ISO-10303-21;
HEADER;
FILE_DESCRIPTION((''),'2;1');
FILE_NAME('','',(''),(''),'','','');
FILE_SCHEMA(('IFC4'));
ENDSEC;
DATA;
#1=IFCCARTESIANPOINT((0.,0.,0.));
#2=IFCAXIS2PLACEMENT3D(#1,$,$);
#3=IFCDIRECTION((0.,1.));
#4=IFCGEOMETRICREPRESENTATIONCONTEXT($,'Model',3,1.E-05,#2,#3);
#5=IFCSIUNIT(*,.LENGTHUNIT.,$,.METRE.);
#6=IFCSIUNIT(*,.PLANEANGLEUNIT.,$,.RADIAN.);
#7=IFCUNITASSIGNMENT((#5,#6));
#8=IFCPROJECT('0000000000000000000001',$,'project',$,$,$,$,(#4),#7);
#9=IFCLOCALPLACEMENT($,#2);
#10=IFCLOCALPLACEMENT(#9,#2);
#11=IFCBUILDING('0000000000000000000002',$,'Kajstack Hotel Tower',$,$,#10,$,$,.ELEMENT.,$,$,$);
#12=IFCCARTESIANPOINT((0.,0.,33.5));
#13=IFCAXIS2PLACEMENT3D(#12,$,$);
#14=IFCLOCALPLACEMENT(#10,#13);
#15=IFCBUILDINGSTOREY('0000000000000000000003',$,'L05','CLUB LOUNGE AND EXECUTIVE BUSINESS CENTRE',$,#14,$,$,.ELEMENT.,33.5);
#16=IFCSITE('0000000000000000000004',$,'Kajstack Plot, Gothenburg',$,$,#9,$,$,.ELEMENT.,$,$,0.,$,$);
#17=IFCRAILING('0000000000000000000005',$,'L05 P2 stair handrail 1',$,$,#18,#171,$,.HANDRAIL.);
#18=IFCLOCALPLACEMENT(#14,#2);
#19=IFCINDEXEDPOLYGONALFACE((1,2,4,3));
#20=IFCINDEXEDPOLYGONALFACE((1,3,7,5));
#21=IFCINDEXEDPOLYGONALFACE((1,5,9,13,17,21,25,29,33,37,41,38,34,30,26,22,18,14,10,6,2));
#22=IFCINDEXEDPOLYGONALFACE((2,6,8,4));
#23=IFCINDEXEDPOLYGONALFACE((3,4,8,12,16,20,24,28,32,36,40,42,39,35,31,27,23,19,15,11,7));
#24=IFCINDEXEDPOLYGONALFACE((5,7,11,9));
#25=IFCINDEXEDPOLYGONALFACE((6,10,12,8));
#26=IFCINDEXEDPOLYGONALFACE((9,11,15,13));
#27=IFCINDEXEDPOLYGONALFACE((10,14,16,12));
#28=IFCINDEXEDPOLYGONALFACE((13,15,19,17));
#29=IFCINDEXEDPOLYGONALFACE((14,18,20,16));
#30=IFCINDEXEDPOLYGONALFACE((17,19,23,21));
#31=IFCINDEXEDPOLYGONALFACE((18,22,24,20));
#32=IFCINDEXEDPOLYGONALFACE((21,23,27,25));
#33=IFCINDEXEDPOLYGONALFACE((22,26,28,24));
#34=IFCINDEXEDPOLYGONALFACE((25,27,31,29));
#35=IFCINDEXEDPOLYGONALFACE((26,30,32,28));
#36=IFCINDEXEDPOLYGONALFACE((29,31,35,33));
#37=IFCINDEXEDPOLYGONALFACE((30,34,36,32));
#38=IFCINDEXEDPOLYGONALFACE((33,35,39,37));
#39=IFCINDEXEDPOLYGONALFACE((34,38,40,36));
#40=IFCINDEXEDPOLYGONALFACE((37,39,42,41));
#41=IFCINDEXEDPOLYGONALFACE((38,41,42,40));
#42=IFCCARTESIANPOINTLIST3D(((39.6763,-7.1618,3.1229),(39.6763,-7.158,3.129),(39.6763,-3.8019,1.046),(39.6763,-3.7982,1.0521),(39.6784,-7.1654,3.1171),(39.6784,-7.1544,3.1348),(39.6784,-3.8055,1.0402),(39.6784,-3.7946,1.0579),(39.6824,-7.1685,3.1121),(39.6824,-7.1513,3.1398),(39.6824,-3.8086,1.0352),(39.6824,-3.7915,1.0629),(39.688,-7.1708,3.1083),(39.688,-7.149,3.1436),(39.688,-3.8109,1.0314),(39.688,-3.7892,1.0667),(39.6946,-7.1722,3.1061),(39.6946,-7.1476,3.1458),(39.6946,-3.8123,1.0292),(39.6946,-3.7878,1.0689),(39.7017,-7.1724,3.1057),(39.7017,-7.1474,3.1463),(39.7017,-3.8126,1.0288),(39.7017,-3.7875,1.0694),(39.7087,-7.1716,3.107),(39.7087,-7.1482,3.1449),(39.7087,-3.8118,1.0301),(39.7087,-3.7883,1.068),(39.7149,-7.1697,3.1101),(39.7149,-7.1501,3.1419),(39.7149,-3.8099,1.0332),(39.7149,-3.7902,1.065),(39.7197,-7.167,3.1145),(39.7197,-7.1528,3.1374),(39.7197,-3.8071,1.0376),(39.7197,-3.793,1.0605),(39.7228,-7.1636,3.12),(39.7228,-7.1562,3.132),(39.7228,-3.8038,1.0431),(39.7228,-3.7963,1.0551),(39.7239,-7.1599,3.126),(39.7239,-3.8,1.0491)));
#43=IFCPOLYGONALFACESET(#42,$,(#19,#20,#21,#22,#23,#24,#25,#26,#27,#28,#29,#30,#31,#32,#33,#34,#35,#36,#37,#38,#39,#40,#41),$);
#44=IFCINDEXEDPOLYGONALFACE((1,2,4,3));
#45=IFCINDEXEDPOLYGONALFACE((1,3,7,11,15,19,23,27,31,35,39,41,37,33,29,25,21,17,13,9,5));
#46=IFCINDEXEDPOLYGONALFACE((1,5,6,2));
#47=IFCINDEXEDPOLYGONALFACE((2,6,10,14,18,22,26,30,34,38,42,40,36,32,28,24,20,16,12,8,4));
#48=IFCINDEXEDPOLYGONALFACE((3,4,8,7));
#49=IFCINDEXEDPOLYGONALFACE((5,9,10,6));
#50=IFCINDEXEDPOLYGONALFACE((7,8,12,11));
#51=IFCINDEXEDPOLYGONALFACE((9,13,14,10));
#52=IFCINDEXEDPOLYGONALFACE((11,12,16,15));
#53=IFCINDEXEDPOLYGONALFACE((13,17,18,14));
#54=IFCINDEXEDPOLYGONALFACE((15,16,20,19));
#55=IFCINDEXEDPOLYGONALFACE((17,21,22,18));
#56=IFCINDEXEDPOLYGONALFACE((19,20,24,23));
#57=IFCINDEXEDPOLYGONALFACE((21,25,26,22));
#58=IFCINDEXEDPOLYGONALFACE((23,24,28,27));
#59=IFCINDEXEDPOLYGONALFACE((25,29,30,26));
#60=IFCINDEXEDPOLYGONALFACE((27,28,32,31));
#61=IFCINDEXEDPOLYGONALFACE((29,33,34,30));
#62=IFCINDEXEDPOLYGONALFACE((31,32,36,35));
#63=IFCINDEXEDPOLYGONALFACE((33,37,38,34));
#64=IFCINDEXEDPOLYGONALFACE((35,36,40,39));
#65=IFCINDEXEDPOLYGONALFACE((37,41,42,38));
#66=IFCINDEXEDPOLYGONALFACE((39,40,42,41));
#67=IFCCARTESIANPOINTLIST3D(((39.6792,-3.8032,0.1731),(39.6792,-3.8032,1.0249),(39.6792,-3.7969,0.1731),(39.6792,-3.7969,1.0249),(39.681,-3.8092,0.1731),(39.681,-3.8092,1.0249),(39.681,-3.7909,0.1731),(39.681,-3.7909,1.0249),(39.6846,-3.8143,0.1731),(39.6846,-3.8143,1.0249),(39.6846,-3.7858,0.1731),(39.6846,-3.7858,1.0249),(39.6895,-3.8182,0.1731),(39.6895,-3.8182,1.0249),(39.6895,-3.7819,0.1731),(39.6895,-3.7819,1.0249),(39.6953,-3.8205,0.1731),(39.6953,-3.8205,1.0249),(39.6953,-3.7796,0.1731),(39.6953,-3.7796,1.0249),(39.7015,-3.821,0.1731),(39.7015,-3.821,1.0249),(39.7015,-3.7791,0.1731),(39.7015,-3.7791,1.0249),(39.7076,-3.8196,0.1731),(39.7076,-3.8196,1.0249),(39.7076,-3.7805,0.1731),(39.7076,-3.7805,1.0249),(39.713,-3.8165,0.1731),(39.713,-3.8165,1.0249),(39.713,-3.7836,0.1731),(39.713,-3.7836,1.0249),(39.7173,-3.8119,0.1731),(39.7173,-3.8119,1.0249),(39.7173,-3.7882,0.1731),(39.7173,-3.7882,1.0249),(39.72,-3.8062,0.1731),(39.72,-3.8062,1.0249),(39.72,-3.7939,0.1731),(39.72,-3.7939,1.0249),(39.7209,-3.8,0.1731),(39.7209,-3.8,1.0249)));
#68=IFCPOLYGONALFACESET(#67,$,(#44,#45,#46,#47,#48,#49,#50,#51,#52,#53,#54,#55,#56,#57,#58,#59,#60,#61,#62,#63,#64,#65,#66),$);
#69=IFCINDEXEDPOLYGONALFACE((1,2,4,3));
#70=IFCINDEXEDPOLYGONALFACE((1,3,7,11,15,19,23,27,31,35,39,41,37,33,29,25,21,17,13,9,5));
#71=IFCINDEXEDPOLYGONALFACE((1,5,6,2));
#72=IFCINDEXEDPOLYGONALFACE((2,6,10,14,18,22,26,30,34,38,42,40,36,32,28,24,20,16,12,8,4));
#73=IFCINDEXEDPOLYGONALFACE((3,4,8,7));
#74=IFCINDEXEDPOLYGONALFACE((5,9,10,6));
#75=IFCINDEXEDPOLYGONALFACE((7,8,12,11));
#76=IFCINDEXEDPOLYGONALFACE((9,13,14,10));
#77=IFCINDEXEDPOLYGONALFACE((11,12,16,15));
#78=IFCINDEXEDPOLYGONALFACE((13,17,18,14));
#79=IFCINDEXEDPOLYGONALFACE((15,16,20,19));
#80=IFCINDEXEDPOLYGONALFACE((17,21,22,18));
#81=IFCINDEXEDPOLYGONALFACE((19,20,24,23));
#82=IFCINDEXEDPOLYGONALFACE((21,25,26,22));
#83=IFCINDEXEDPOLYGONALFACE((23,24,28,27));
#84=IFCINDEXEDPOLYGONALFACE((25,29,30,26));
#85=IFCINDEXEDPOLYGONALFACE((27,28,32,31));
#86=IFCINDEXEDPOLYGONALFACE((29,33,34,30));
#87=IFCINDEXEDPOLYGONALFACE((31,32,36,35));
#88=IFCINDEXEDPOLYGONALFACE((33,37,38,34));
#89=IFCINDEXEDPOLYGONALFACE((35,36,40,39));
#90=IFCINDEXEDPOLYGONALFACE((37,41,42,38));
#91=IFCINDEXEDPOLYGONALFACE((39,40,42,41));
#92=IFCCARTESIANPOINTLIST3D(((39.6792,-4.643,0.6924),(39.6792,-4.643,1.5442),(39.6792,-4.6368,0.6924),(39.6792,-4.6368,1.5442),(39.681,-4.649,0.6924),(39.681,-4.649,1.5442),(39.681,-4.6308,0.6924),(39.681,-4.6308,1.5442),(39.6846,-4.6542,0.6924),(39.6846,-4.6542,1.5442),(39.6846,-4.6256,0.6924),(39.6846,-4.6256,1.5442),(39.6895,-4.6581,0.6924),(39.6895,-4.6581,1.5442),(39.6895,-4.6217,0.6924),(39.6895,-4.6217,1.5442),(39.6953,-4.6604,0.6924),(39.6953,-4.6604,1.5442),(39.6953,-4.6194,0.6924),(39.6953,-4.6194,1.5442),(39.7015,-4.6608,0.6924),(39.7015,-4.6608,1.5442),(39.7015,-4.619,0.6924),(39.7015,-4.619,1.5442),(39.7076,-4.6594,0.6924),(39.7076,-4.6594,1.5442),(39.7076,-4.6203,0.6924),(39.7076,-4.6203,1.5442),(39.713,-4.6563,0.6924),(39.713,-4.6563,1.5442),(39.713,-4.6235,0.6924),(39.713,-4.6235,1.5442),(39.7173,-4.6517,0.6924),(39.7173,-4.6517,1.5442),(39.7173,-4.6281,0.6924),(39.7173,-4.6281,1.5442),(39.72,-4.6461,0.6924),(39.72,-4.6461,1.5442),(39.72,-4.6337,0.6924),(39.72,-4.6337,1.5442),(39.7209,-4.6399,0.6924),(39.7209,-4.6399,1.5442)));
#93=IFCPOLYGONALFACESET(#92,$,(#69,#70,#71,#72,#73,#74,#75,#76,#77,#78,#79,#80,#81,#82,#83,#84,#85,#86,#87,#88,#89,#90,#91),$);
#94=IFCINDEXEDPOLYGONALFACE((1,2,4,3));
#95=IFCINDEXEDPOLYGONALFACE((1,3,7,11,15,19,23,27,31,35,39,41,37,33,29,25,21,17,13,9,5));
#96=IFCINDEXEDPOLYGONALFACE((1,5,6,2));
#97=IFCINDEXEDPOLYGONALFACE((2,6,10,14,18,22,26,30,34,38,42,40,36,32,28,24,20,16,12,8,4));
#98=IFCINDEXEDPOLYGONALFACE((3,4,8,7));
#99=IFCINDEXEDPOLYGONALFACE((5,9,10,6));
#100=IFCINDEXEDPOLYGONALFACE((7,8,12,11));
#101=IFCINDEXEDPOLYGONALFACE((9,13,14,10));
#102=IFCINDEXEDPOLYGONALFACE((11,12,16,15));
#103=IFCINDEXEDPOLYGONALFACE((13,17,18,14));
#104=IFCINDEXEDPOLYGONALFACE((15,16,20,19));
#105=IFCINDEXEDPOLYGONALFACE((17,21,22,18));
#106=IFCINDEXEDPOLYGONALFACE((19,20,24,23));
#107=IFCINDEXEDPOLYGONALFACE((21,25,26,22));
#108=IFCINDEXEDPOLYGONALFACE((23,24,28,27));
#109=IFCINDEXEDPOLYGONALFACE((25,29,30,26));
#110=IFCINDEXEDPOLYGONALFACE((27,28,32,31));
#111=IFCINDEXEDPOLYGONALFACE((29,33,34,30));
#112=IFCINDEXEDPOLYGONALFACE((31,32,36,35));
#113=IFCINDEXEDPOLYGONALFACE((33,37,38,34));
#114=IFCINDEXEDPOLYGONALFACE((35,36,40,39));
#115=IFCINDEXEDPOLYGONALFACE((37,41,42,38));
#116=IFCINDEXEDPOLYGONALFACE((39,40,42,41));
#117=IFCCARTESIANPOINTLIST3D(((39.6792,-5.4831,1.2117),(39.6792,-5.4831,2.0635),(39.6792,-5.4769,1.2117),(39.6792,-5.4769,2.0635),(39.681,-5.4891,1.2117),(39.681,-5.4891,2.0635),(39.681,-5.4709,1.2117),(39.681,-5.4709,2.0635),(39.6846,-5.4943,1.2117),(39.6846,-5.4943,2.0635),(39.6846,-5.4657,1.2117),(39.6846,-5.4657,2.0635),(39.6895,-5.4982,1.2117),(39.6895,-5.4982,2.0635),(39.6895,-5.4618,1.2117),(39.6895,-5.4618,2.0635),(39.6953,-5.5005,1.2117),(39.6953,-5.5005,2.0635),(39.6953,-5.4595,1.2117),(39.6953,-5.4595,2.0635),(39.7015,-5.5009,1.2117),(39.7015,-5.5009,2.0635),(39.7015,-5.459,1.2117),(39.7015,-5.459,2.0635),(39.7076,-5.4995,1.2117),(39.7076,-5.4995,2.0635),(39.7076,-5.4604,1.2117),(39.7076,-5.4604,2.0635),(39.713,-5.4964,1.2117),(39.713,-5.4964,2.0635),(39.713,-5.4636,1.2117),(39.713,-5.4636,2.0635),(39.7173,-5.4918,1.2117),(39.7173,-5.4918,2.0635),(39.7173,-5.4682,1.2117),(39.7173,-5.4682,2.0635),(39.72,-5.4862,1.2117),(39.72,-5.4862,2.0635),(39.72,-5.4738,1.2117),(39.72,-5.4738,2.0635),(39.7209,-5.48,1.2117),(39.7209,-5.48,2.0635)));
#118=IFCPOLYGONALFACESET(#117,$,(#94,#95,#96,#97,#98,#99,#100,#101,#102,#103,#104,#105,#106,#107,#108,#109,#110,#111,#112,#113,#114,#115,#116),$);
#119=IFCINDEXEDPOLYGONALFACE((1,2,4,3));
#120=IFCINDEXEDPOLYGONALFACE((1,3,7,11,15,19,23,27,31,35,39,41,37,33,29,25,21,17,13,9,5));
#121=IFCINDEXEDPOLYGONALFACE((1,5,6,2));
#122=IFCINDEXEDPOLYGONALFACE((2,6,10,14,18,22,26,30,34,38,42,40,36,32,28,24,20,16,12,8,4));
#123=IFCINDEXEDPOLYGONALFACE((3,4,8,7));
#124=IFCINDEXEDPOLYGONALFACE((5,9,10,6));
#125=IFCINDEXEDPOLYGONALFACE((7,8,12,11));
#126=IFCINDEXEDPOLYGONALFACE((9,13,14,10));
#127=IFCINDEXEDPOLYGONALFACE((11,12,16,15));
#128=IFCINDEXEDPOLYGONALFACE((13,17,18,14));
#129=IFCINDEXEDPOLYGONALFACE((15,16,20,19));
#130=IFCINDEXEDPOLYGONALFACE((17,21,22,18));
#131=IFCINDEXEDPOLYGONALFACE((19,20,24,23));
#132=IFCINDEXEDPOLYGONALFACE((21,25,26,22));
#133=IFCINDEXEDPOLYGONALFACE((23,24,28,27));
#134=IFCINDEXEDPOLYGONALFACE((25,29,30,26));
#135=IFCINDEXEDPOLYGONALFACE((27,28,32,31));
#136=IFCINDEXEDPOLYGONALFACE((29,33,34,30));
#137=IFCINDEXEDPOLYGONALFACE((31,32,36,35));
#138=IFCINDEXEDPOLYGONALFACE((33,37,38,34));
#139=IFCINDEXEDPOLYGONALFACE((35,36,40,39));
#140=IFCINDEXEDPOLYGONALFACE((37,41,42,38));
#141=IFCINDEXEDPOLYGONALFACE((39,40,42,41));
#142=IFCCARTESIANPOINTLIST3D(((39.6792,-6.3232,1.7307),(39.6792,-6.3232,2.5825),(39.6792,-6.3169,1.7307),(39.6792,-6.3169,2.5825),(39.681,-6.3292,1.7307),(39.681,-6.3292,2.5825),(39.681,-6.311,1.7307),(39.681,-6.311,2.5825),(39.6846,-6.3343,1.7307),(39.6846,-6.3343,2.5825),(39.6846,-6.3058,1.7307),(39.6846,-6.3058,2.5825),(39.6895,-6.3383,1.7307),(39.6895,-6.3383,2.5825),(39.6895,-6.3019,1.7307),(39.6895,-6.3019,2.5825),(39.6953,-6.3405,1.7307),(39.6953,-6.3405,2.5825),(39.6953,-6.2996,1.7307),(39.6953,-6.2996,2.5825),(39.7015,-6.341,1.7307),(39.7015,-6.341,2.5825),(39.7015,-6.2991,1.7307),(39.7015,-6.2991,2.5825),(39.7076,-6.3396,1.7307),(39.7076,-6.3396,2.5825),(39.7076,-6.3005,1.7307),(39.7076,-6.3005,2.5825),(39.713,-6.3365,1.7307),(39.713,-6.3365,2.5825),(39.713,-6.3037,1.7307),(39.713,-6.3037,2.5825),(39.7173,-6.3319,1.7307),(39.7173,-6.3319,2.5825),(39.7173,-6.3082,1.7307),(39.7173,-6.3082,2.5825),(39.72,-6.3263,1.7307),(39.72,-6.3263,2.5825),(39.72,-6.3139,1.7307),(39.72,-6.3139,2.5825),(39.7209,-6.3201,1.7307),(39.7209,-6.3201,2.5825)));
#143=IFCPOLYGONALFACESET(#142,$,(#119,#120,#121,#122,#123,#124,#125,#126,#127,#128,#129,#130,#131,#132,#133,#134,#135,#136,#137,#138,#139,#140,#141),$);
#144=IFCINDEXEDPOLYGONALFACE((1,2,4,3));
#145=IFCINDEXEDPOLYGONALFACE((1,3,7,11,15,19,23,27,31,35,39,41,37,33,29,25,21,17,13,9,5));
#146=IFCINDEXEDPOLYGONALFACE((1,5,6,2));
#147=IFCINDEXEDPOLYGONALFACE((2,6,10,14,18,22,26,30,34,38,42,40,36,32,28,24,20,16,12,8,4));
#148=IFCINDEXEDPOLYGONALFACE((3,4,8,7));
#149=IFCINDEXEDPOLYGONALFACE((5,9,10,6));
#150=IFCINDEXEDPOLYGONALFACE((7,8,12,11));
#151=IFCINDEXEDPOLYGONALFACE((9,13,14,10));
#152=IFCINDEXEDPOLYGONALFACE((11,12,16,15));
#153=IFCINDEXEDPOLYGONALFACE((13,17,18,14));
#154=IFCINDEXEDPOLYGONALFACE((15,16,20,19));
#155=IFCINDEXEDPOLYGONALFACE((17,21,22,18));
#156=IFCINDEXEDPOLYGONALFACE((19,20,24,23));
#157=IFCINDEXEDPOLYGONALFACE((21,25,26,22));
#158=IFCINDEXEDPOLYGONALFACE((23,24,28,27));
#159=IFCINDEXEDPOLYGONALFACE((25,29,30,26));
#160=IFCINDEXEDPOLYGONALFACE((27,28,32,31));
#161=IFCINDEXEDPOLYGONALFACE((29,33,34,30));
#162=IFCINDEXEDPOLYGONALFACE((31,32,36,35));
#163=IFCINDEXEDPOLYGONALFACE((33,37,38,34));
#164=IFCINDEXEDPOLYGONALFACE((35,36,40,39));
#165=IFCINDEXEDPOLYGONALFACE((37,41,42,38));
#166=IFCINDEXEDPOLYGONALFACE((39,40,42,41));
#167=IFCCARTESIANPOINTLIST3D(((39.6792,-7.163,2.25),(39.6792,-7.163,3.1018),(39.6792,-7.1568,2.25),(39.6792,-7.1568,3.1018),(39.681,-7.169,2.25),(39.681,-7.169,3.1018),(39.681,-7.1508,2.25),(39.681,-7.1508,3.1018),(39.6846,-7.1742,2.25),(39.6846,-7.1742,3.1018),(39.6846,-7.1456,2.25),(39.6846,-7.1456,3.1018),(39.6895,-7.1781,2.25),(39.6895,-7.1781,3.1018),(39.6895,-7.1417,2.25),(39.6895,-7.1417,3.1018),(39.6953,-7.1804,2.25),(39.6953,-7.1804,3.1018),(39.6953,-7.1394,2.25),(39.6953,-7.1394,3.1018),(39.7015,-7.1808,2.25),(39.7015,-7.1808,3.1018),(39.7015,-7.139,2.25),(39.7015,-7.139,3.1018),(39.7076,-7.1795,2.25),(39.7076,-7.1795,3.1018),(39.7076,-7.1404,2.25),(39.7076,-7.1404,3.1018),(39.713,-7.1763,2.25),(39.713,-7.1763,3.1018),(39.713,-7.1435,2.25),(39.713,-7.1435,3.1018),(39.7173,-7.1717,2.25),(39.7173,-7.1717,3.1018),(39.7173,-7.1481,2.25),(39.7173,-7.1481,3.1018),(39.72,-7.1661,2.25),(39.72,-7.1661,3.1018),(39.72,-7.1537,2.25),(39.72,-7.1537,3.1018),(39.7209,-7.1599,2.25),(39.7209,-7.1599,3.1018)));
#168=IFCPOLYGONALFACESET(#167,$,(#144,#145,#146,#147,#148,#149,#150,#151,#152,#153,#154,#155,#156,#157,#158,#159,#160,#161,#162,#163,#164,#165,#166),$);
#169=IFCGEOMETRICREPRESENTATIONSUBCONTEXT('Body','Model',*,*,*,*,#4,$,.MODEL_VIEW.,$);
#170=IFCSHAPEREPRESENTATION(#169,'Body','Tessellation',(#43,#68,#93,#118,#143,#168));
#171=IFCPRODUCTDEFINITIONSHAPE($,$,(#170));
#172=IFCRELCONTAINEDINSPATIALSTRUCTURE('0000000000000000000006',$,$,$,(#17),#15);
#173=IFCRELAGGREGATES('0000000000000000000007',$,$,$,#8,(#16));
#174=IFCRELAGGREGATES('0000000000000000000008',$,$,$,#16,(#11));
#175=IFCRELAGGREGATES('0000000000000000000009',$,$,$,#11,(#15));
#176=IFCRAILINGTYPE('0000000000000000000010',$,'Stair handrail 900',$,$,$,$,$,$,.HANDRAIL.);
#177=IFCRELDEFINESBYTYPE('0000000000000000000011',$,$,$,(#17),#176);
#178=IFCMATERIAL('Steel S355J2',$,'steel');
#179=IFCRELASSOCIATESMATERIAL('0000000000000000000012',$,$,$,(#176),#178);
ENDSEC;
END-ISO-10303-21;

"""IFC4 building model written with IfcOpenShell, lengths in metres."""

from ifc_helpers import new_model, si_unit, direction, frame, origin, origin_2d, place, context, subcontext, project, spatial, circle, extrude, material, type_object, element, save


model = new_model("IFC4")

# Units and contexts
model_context = context("Model", 3, precision=1e-05, world=origin(), true_north=direction((0.0, 1.0)))
body_context = subcontext(model_context, "Body", "Model", "MODEL_VIEW")
ifc_project = project(units=[si_unit("LENGTHUNIT", "METRE"), si_unit("PLANEANGLEUNIT", "RADIAN")], contexts=[model_context])

# Site, building, storey
site_placement = place(None, origin())
site = spatial("IfcSite", under=ifc_project, at=site_placement, Name="Kajstack Plot, Gothenburg", CompositionType="ELEMENT", RefElevation=0.0)
building_placement = place(site_placement, origin())
building = spatial("IfcBuilding", under=site, at=building_placement, Name="Kajstack Hotel Tower", CompositionType="ELEMENT")
storey_placement = place(building_placement, frame((0.0, 0.0, 33.5)))
storey = spatial("IfcBuildingStorey", under=building, at=storey_placement, Name="L05", Description="CLUB LOUNGE AND EXECUTIVE BUSINESS CENTRE", CompositionType="ELEMENT", Elevation=33.5)

# Railing
ifc_material_1 = material(Name="Steel S355J2", Category="steel")
railing_type_1 = type_object("IfcRailingType", Name="Stair handrail 900", PredefinedType="HANDRAIL", material=ifc_material_1)
railing_1_placement = place(storey_placement, frame((39.7, -3.8, 0.1731)))
element("IfcRailing", 1, at=railing_1_placement, inside=storey, type_object=railing_type_1, Name="L05 P2 stair handrail 1", PredefinedType="HANDRAIL", context=body_context, shape_type="SweptSolid", body=[
    extrude(circle(Radius=0.0239, at=origin_2d()), frame((0.0, 0.0, 0.876), z_axis=(0.0, -0.850606, 0.525803), x_axis=(1.0, 0.0, 0.0)), (0.0, 0.0, 1.0), 3.95),
    extrude(circle(Radius=0.021, at=origin_2d()), origin(), (0.0, 0.0, 1.0), 0.8518),
    extrude(circle(Radius=0.021, at=origin_2d()), frame((0.0, -0.8398, 0.5193)), (0.0, 0.0, 1.0), 0.8518),
    extrude(circle(Radius=0.021, at=origin_2d()), frame((0.0, -1.6799, 1.0386)), (0.0, 0.0, 1.0), 0.8518),
    extrude(circle(Radius=0.021, at=origin_2d()), frame((0.0, -2.52, 1.5576)), (0.0, 0.0, 1.0), 0.8518),
    extrude(circle(Radius=0.021, at=origin_2d()), frame((0.0, -3.3599, 2.0769)), (0.0, 0.0, 1.0), 0.8518),
])

save(model, "model.ifc")
